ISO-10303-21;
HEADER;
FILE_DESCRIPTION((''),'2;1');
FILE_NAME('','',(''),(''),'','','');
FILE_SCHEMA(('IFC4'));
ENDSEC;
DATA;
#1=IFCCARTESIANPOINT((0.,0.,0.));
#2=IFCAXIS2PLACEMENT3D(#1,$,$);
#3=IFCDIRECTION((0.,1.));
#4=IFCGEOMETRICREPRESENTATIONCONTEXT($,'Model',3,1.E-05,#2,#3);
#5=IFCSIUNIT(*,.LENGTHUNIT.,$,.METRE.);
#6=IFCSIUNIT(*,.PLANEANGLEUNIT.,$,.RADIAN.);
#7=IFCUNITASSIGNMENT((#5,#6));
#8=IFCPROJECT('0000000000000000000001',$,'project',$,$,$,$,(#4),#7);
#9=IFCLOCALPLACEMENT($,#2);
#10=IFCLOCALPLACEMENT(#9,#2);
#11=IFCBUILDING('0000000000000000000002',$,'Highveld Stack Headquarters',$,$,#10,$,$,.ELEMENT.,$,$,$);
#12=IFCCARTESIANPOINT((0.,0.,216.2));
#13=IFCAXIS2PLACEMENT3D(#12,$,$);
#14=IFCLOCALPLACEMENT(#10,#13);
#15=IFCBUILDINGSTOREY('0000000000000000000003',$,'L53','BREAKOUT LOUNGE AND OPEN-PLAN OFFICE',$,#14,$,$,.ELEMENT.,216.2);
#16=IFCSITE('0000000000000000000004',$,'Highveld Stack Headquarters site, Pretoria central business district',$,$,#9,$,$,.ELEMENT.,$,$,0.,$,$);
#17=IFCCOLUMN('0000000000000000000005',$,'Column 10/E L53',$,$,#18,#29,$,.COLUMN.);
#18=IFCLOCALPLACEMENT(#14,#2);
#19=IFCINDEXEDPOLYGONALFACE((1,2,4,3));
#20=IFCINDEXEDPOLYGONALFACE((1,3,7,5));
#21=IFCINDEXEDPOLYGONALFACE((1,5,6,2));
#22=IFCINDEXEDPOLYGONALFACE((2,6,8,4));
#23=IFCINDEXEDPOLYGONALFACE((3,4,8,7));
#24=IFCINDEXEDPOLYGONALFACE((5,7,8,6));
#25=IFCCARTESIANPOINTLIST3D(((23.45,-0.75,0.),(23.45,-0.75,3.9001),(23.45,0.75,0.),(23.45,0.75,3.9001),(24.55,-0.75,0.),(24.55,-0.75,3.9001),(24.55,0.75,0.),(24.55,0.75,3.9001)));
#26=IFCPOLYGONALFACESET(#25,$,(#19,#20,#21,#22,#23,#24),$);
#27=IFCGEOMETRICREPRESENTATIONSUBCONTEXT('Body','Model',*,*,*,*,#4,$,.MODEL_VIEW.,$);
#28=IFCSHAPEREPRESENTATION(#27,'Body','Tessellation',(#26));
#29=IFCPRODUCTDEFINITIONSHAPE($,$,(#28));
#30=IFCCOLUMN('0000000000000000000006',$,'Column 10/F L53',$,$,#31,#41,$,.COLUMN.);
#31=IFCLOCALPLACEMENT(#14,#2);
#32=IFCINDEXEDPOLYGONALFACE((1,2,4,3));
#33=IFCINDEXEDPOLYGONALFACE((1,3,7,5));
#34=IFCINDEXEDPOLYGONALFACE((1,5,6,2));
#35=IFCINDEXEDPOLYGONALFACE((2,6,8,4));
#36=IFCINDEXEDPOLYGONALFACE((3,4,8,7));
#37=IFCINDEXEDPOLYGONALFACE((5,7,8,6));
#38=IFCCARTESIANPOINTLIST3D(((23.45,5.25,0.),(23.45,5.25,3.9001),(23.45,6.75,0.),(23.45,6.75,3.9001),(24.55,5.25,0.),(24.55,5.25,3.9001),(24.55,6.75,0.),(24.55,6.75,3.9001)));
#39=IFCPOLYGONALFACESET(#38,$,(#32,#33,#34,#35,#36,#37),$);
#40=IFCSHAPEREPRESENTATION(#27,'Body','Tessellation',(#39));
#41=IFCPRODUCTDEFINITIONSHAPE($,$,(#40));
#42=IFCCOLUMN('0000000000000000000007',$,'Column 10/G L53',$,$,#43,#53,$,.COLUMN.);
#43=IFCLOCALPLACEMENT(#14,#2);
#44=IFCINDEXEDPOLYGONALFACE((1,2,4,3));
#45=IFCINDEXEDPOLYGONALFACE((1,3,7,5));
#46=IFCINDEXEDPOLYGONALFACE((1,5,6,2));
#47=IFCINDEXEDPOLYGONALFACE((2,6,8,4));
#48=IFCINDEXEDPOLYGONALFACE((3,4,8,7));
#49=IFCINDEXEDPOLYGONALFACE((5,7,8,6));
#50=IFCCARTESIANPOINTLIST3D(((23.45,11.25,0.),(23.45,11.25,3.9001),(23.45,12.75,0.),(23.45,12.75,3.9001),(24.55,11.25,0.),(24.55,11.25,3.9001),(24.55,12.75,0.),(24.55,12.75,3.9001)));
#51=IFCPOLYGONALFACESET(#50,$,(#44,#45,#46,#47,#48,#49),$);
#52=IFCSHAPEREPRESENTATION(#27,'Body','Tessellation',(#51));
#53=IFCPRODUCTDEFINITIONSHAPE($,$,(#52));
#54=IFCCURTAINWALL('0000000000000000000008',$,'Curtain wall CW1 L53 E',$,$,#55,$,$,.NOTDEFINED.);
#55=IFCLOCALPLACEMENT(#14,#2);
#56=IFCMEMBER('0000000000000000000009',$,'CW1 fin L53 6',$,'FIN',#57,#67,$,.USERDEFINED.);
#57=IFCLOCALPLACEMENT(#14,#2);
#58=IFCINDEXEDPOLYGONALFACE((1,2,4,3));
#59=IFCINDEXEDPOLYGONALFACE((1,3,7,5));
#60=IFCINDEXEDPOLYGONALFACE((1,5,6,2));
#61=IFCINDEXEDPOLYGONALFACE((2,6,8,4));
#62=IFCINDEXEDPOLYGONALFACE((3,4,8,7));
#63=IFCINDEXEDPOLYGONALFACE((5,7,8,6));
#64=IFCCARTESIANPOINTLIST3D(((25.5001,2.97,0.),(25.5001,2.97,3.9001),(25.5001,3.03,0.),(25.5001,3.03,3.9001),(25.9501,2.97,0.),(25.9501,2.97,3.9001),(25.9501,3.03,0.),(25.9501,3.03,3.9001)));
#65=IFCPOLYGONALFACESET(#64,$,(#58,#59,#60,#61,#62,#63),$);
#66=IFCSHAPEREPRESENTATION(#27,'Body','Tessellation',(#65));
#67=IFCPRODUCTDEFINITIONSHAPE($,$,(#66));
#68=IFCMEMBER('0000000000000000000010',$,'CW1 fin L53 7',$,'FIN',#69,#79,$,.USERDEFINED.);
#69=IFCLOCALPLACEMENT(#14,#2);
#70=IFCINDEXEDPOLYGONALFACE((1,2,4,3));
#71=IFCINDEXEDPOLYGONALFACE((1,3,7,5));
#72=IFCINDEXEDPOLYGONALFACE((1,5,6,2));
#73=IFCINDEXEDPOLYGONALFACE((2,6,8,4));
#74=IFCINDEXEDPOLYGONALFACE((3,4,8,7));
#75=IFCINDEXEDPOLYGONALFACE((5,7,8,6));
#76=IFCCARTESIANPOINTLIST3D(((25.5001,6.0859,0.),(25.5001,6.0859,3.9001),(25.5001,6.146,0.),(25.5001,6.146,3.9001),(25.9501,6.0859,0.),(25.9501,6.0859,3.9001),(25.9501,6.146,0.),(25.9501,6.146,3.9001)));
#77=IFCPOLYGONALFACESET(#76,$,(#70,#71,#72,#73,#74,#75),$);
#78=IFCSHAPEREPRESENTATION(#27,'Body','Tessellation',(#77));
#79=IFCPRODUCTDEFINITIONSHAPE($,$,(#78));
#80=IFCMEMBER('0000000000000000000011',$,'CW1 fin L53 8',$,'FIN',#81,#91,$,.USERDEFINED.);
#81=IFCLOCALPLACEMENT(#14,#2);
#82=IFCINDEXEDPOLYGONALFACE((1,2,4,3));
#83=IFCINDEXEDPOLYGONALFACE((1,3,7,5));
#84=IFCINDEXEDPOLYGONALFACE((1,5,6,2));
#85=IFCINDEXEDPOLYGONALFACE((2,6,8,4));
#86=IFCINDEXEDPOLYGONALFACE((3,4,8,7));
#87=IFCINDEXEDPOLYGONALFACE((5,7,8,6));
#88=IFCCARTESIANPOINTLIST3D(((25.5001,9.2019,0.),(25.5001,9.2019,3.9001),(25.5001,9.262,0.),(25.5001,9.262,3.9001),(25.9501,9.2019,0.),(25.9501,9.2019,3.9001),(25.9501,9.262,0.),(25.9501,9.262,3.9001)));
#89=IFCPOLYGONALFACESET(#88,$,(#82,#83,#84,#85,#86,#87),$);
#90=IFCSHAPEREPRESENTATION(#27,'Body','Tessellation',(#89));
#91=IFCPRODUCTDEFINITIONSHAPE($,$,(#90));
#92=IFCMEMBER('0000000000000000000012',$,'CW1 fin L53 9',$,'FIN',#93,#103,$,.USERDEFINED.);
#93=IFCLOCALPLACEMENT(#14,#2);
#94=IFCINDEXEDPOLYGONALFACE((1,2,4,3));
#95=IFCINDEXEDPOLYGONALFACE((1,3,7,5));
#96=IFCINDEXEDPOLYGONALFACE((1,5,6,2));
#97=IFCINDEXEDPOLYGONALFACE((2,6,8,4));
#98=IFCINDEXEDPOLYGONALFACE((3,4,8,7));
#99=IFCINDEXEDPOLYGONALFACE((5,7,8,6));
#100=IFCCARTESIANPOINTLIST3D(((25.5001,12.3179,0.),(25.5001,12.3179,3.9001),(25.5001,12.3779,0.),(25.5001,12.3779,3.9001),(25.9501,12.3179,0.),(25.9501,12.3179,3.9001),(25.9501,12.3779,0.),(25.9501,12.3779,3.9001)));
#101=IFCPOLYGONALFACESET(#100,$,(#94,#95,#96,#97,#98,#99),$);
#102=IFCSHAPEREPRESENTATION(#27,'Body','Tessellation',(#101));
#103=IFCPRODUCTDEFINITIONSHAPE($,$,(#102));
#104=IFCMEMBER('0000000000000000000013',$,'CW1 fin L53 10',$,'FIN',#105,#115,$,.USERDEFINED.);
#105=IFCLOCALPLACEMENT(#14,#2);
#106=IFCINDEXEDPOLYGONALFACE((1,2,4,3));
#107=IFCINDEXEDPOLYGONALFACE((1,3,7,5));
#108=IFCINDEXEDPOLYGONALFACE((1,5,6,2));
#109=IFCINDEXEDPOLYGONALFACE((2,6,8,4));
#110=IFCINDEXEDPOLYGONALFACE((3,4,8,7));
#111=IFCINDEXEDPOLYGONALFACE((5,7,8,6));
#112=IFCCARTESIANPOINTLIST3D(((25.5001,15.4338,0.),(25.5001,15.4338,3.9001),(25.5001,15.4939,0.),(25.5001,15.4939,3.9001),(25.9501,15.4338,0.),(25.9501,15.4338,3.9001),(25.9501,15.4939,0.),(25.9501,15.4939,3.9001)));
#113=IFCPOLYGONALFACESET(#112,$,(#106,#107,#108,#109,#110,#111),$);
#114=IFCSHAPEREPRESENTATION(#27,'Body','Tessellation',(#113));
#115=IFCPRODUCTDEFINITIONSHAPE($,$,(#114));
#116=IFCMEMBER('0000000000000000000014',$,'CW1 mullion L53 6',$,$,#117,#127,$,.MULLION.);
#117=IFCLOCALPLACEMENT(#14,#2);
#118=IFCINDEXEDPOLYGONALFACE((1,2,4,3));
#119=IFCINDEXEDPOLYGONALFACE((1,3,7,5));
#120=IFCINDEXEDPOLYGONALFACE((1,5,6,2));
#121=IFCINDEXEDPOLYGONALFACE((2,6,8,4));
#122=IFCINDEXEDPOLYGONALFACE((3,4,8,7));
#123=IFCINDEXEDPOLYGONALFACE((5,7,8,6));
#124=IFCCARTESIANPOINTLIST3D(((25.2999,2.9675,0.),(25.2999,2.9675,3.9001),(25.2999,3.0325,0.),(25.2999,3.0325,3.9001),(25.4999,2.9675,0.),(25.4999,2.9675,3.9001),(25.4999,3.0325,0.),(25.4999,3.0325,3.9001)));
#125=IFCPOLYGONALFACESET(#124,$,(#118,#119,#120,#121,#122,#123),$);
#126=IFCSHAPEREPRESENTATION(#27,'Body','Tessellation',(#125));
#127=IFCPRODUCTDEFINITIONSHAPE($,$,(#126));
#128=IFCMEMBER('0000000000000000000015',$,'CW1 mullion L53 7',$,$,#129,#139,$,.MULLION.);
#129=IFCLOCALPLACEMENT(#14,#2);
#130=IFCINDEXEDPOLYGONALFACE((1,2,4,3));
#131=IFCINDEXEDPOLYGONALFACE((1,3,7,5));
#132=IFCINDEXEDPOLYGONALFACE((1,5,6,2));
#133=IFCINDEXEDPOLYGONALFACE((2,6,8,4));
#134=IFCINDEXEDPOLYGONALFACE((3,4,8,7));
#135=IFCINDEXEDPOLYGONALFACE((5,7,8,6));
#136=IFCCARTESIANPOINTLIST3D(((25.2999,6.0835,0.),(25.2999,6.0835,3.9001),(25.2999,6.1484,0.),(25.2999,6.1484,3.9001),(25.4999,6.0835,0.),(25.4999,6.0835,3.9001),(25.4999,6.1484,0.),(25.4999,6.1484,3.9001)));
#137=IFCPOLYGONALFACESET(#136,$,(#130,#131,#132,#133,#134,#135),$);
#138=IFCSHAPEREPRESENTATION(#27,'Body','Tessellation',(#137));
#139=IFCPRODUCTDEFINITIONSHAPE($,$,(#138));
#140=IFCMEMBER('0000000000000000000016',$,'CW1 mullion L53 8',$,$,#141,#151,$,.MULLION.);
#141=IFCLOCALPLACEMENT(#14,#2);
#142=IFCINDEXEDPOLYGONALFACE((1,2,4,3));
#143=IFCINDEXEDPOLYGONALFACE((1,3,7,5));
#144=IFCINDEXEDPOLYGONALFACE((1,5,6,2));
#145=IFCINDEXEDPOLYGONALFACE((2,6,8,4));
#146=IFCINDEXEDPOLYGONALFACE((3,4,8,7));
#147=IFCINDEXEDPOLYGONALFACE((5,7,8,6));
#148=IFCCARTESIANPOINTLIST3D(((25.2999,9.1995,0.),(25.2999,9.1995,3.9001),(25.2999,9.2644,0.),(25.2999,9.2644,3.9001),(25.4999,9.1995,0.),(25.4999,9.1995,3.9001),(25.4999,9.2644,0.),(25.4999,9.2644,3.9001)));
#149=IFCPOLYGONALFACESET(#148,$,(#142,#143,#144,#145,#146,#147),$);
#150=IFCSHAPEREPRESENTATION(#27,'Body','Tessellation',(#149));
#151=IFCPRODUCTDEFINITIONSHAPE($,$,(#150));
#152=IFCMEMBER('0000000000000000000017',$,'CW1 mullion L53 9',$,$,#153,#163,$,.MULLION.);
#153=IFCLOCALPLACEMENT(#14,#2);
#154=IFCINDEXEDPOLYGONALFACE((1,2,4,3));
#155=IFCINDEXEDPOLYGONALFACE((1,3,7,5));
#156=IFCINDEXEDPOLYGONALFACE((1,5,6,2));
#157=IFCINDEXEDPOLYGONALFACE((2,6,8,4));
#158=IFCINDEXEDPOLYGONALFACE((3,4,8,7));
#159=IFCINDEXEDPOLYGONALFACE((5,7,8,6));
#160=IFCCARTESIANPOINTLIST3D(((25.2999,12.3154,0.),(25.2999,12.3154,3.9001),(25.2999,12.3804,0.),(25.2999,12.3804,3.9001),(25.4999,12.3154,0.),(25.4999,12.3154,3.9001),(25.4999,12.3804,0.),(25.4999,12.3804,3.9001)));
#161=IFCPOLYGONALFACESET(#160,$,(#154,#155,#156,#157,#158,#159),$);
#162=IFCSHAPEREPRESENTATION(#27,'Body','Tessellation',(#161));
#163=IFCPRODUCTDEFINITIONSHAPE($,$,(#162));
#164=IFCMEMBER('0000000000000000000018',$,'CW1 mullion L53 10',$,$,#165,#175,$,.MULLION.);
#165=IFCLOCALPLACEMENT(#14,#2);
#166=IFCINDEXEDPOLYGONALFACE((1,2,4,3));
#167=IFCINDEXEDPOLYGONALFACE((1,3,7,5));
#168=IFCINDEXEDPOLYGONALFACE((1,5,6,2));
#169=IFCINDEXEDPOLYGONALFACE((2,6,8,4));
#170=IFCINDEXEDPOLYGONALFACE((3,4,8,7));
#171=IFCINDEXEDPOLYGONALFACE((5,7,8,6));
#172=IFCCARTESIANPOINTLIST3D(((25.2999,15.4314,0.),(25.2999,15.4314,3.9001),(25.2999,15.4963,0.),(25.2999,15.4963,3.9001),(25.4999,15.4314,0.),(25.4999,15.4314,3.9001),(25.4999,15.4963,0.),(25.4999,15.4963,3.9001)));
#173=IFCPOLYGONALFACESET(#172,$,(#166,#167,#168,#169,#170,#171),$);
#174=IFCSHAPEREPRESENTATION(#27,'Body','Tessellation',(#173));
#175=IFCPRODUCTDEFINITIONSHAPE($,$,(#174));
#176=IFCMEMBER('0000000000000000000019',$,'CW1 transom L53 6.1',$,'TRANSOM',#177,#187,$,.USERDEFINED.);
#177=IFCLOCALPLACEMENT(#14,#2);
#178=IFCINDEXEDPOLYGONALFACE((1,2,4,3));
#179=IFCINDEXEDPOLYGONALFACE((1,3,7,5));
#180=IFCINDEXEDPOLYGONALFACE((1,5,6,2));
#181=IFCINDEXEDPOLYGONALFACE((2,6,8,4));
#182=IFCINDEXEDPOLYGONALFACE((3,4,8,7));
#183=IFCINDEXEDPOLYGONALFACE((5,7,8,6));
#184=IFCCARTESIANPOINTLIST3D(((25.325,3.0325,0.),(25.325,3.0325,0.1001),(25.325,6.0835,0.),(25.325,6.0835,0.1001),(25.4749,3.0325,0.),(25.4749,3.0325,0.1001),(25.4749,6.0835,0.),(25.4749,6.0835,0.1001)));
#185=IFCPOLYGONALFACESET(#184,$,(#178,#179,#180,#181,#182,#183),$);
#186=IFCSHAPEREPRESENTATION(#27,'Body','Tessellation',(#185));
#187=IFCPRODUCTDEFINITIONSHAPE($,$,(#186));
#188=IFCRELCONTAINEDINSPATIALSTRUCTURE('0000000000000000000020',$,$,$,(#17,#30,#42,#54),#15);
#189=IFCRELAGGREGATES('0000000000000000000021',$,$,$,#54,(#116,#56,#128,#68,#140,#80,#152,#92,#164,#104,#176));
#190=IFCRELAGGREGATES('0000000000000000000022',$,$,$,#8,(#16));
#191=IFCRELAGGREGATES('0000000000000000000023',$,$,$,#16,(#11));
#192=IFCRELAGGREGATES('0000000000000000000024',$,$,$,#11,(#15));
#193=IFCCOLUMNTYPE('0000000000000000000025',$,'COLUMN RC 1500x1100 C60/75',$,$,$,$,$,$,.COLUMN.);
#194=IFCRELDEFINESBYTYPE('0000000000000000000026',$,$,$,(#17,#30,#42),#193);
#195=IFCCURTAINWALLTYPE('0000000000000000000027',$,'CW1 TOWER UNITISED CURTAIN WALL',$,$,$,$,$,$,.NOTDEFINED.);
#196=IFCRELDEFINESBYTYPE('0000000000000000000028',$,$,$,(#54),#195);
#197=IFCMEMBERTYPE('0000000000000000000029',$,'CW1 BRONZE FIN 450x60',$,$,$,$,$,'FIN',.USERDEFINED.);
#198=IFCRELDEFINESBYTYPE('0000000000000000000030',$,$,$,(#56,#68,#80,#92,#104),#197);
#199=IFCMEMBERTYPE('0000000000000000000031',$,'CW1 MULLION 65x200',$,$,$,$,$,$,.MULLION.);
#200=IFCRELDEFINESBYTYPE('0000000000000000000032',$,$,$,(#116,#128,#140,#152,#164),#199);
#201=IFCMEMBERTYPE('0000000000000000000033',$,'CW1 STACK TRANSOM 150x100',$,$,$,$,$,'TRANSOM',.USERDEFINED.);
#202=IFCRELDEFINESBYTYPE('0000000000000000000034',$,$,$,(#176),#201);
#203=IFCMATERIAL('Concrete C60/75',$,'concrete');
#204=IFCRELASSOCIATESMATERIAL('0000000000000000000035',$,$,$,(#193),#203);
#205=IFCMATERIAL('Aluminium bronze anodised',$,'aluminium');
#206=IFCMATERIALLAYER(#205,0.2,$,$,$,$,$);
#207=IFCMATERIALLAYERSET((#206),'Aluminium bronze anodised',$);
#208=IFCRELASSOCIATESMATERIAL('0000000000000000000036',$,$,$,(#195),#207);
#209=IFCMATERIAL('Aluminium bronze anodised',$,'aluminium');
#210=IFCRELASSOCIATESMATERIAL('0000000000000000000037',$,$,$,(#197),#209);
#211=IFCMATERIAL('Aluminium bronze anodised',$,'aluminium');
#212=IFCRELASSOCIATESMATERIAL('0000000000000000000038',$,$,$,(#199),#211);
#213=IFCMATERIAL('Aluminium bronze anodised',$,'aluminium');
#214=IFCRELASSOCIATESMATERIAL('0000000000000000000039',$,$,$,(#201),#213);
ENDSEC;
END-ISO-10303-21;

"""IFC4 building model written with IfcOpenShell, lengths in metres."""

from ifc_helpers import new_model, si_unit, direction, frame, origin, origin_2d, place, context, subcontext, project, spatial, rectangle, extrude, material, layer, layer_set, material_profile, profile_set, type_object, element, aggregate, save


model = new_model("IFC4")

# Units and contexts
model_context = context("Model", 3, precision=1e-05, world=origin(), true_north=direction((0.0, 1.0)))
body_context = subcontext(model_context, "Body", "Model", "MODEL_VIEW")
ifc_project = project(units=[si_unit("LENGTHUNIT", "METRE"), si_unit("PLANEANGLEUNIT", "RADIAN")], contexts=[model_context])

# Site, building, storey
site_placement = place(None, origin())
site = spatial("IfcSite", under=ifc_project, at=site_placement, Name="Highveld Stack Headquarters site, Pretoria central business district", CompositionType="ELEMENT", RefElevation=0.0)
building_placement = place(site_placement, origin())
building = spatial("IfcBuilding", under=site, at=building_placement, Name="Highveld Stack Headquarters", CompositionType="ELEMENT")
storey_placement = place(building_placement, frame((0.0, 0.0, 216.2)))
storey = spatial("IfcBuildingStorey", under=building, at=storey_placement, Name="L53", Description="BREAKOUT LOUNGE AND OPEN-PLAN OFFICE", CompositionType="ELEMENT", Elevation=216.2)

# Columns
ifc_material_1 = material(Name="Concrete C60/75", Category="concrete")
ifc_material_profile_1 = material_profile(ifc_material_1, rectangle(XDim=1.5, YDim=1.1001, at=origin_2d()), Name="RC 1500x1100")
ifc_profile_set_1 = profile_set([ifc_material_profile_1], Name="Concrete C60/75")
column_type = type_object("IfcColumnType", Name="COLUMN RC 1500x1100 C60/75", PredefinedType="COLUMN", material=ifc_profile_set_1)
for number, where, z_axis, x_axis, name in (
    (1, (24.0, 0.0, 0.0), (0.0, 0.0, 1.0), (0.0, 1.0, 0.0), "Column 10/E L53"),
    (2, (24.0, 6.0, 0.0), (0.0, 0.0, 1.0), (0.0, 1.0, 0.0), "Column 10/F L53"),
    (3, (24.0, 12.0, 0.0), (0.0, 0.0, 1.0), (0.0, 1.0, 0.0), "Column 10/G L53"),
):
    element("IfcColumn", number, at=place(storey_placement, frame(where, z_axis=z_axis, x_axis=x_axis)), inside=storey, type_object=column_type, Name=name, PredefinedType="COLUMN", context=body_context, shape_type="SweptSolid", body=[
        extrude(rectangle(XDim=1.5, YDim=1.1001, at=origin_2d()), origin(), (0.0, 0.0, 1.0), 3.9001),
    ])

# Curtain wall, members
ifc_material_2 = material(Name="Aluminium bronze anodised", Category="aluminium")
ifc_layer_1 = layer(ifc_material_2, 0.2)
ifc_layer_set_1 = layer_set([ifc_layer_1], Name="Aluminium bronze anodised")
curtain_wall_type = type_object("IfcCurtainWallType", Name="CW1 TOWER UNITISED CURTAIN WALL", PredefinedType="NOTDEFINED", material=ifc_layer_set_1)
curtain_wall_placement = place(storey_placement, origin())
curtain_wall = element("IfcCurtainWall", 4, at=curtain_wall_placement, inside=storey, type_object=curtain_wall_type, Name="Curtain wall CW1 L53 E", PredefinedType="NOTDEFINED")
ifc_material_3 = material(Name="Aluminium bronze anodised", Category="aluminium")
ifc_material_profile_2 = material_profile(ifc_material_3, rectangle(XDim=0.45, YDim=0.0601, at=origin_2d()), Name="FIN 450x60")
ifc_profile_set_2 = profile_set([ifc_material_profile_2], Name="Aluminium bronze anodised")
member_type_1 = type_object("IfcMemberType", Name="CW1 BRONZE FIN 450x60", ElementType="FIN", PredefinedType="USERDEFINED", material=ifc_profile_set_2)
member_1_placement = place(storey_placement, frame((25.7251, 3.0, 0.0), z_axis=(0.0, 0.0, 1.0), x_axis=(-1.0, 0.0, 0.0)))
member_1 = element("IfcMember", 5, at=member_1_placement, type_object=member_type_1, Name="CW1 fin L53 6", ObjectType="FIN", PredefinedType="USERDEFINED", context=body_context, shape_type="SweptSolid", body=[
    extrude(rectangle(XDim=0.45, YDim=0.0601, at=origin_2d()), origin(), (0.0, 0.0, 1.0), 3.9001),
])
member_2_placement = place(storey_placement, frame((25.7251, 6.116, 0.0), z_axis=(0.0, 0.0, 1.0), x_axis=(-1.0, 0.0, 0.0)))
member_2 = element("IfcMember", 6, at=member_2_placement, type_object=member_type_1, Name="CW1 fin L53 7", ObjectType="FIN", PredefinedType="USERDEFINED", context=body_context, shape_type="SweptSolid", body=[
    extrude(rectangle(XDim=0.45, YDim=0.0601, at=origin_2d()), origin(), (0.0, 0.0, 1.0), 3.9001),
])
member_3_placement = place(storey_placement, frame((25.7251, 9.2319, 0.0), z_axis=(0.0, 0.0, 1.0), x_axis=(-1.0, 0.0, 0.0)))
member_3 = element("IfcMember", 7, at=member_3_placement, type_object=member_type_1, Name="CW1 fin L53 8", ObjectType="FIN", PredefinedType="USERDEFINED", context=body_context, shape_type="SweptSolid", body=[
    extrude(rectangle(XDim=0.45, YDim=0.0601, at=origin_2d()), origin(), (0.0, 0.0, 1.0), 3.9001),
])
member_4_placement = place(storey_placement, frame((25.7251, 12.3479, 0.0), z_axis=(0.0, 0.0, 1.0), x_axis=(-1.0, 0.0, 0.0)))
member_4 = element("IfcMember", 8, at=member_4_placement, type_object=member_type_1, Name="CW1 fin L53 9", ObjectType="FIN", PredefinedType="USERDEFINED", context=body_context, shape_type="SweptSolid", body=[
    extrude(rectangle(XDim=0.45, YDim=0.0601, at=origin_2d()), origin(), (0.0, 0.0, 1.0), 3.9001),
])
member_5_placement = place(storey_placement, frame((25.7251, 15.4639, 0.0), z_axis=(0.0, 0.0, 1.0), x_axis=(-1.0, 0.0, 0.0)))
member_5 = element("IfcMember", 9, at=member_5_placement, type_object=member_type_1, Name="CW1 fin L53 10", ObjectType="FIN", PredefinedType="USERDEFINED", context=body_context, shape_type="SweptSolid", body=[
    extrude(rectangle(XDim=0.45, YDim=0.0601, at=origin_2d()), origin(), (0.0, 0.0, 1.0), 3.9001),
])
ifc_material_4 = material(Name="Aluminium bronze anodised", Category="aluminium")
ifc_material_profile_3 = material_profile(ifc_material_4, rectangle(XDim=0.2, YDim=0.0649, at=origin_2d()), Name="CW1 MULLION 65x200")
ifc_profile_set_3 = profile_set([ifc_material_profile_3], Name="Aluminium bronze anodised")
member_type_2 = type_object("IfcMemberType", Name="CW1 MULLION 65x200", PredefinedType="MULLION", material=ifc_profile_set_3)
member_6_placement = place(storey_placement, frame((25.3999, 3.0, 0.0), z_axis=(0.0, 0.0, 1.0), x_axis=(-1.0, 0.0, 0.0)))
member_6 = element("IfcMember", 10, at=member_6_placement, type_object=member_type_2, Name="CW1 mullion L53 6", PredefinedType="MULLION", context=body_context, shape_type="SweptSolid", body=[
    extrude(rectangle(XDim=0.2, YDim=0.0649, at=origin_2d()), origin(), (0.0, 0.0, 1.0), 3.9001),
])
member_7_placement = place(storey_placement, frame((25.3999, 6.116, 0.0), z_axis=(0.0, 0.0, 1.0), x_axis=(-1.0, 0.0, 0.0)))
member_7 = element("IfcMember", 11, at=member_7_placement, type_object=member_type_2, Name="CW1 mullion L53 7", PredefinedType="MULLION", context=body_context, shape_type="SweptSolid", body=[
    extrude(rectangle(XDim=0.2, YDim=0.0649, at=origin_2d()), origin(), (0.0, 0.0, 1.0), 3.9001),
])
member_8_placement = place(storey_placement, frame((25.3999, 9.2319, 0.0), z_axis=(0.0, 0.0, 1.0), x_axis=(-1.0, 0.0, 0.0)))
member_8 = element("IfcMember", 12, at=member_8_placement, type_object=member_type_2, Name="CW1 mullion L53 8", PredefinedType="MULLION", context=body_context, shape_type="SweptSolid", body=[
    extrude(rectangle(XDim=0.2, YDim=0.0649, at=origin_2d()), origin(), (0.0, 0.0, 1.0), 3.9001),
])
member_9_placement = place(storey_placement, frame((25.3999, 12.3479, 0.0), z_axis=(0.0, 0.0, 1.0), x_axis=(-1.0, 0.0, 0.0)))
member_9 = element("IfcMember", 13, at=member_9_placement, type_object=member_type_2, Name="CW1 mullion L53 9", PredefinedType="MULLION", context=body_context, shape_type="SweptSolid", body=[
    extrude(rectangle(XDim=0.2, YDim=0.0649, at=origin_2d()), origin(), (0.0, 0.0, 1.0), 3.9001),
])
member_10_placement = place(storey_placement, frame((25.3999, 15.4639, 0.0), z_axis=(0.0, 0.0, 1.0), x_axis=(-1.0, 0.0, 0.0)))
member_10 = element("IfcMember", 14, at=member_10_placement, type_object=member_type_2, Name="CW1 mullion L53 10", PredefinedType="MULLION", context=body_context, shape_type="SweptSolid", body=[
    extrude(rectangle(XDim=0.2, YDim=0.0649, at=origin_2d()), origin(), (0.0, 0.0, 1.0), 3.9001),
])
ifc_material_5 = material(Name="Aluminium bronze anodised", Category="aluminium")
ifc_material_profile_4 = material_profile(ifc_material_5, rectangle(XDim=0.1499, YDim=0.1001, at=origin_2d()), Name="CW1 TRANSOM 150x100")
ifc_profile_set_4 = profile_set([ifc_material_profile_4], Name="Aluminium bronze anodised")
member_type_3 = type_object("IfcMemberType", Name="CW1 STACK TRANSOM 150x100", ElementType="TRANSOM", PredefinedType="USERDEFINED", material=ifc_profile_set_4)
member_11_placement = place(storey_placement, frame((25.3999, 3.0325, 0.05), z_axis=(0.0, 1.0, 0.0), x_axis=(-1.0, 0.0, 0.0)))
member_11 = element("IfcMember", 15, at=member_11_placement, type_object=member_type_3, Name="CW1 transom L53 6.1", ObjectType="TRANSOM", PredefinedType="USERDEFINED", context=body_context, shape_type="SweptSolid", body=[
    extrude(rectangle(XDim=0.1499, YDim=0.1001, at=origin_2d()), origin(), (0.0, 0.0, 1.0), 3.051),
])
aggregate(curtain_wall, [member_6, member_1, member_7, member_2, member_8, member_3, member_9, member_4, member_10, member_5, member_11])

save(model, "model.ifc")
